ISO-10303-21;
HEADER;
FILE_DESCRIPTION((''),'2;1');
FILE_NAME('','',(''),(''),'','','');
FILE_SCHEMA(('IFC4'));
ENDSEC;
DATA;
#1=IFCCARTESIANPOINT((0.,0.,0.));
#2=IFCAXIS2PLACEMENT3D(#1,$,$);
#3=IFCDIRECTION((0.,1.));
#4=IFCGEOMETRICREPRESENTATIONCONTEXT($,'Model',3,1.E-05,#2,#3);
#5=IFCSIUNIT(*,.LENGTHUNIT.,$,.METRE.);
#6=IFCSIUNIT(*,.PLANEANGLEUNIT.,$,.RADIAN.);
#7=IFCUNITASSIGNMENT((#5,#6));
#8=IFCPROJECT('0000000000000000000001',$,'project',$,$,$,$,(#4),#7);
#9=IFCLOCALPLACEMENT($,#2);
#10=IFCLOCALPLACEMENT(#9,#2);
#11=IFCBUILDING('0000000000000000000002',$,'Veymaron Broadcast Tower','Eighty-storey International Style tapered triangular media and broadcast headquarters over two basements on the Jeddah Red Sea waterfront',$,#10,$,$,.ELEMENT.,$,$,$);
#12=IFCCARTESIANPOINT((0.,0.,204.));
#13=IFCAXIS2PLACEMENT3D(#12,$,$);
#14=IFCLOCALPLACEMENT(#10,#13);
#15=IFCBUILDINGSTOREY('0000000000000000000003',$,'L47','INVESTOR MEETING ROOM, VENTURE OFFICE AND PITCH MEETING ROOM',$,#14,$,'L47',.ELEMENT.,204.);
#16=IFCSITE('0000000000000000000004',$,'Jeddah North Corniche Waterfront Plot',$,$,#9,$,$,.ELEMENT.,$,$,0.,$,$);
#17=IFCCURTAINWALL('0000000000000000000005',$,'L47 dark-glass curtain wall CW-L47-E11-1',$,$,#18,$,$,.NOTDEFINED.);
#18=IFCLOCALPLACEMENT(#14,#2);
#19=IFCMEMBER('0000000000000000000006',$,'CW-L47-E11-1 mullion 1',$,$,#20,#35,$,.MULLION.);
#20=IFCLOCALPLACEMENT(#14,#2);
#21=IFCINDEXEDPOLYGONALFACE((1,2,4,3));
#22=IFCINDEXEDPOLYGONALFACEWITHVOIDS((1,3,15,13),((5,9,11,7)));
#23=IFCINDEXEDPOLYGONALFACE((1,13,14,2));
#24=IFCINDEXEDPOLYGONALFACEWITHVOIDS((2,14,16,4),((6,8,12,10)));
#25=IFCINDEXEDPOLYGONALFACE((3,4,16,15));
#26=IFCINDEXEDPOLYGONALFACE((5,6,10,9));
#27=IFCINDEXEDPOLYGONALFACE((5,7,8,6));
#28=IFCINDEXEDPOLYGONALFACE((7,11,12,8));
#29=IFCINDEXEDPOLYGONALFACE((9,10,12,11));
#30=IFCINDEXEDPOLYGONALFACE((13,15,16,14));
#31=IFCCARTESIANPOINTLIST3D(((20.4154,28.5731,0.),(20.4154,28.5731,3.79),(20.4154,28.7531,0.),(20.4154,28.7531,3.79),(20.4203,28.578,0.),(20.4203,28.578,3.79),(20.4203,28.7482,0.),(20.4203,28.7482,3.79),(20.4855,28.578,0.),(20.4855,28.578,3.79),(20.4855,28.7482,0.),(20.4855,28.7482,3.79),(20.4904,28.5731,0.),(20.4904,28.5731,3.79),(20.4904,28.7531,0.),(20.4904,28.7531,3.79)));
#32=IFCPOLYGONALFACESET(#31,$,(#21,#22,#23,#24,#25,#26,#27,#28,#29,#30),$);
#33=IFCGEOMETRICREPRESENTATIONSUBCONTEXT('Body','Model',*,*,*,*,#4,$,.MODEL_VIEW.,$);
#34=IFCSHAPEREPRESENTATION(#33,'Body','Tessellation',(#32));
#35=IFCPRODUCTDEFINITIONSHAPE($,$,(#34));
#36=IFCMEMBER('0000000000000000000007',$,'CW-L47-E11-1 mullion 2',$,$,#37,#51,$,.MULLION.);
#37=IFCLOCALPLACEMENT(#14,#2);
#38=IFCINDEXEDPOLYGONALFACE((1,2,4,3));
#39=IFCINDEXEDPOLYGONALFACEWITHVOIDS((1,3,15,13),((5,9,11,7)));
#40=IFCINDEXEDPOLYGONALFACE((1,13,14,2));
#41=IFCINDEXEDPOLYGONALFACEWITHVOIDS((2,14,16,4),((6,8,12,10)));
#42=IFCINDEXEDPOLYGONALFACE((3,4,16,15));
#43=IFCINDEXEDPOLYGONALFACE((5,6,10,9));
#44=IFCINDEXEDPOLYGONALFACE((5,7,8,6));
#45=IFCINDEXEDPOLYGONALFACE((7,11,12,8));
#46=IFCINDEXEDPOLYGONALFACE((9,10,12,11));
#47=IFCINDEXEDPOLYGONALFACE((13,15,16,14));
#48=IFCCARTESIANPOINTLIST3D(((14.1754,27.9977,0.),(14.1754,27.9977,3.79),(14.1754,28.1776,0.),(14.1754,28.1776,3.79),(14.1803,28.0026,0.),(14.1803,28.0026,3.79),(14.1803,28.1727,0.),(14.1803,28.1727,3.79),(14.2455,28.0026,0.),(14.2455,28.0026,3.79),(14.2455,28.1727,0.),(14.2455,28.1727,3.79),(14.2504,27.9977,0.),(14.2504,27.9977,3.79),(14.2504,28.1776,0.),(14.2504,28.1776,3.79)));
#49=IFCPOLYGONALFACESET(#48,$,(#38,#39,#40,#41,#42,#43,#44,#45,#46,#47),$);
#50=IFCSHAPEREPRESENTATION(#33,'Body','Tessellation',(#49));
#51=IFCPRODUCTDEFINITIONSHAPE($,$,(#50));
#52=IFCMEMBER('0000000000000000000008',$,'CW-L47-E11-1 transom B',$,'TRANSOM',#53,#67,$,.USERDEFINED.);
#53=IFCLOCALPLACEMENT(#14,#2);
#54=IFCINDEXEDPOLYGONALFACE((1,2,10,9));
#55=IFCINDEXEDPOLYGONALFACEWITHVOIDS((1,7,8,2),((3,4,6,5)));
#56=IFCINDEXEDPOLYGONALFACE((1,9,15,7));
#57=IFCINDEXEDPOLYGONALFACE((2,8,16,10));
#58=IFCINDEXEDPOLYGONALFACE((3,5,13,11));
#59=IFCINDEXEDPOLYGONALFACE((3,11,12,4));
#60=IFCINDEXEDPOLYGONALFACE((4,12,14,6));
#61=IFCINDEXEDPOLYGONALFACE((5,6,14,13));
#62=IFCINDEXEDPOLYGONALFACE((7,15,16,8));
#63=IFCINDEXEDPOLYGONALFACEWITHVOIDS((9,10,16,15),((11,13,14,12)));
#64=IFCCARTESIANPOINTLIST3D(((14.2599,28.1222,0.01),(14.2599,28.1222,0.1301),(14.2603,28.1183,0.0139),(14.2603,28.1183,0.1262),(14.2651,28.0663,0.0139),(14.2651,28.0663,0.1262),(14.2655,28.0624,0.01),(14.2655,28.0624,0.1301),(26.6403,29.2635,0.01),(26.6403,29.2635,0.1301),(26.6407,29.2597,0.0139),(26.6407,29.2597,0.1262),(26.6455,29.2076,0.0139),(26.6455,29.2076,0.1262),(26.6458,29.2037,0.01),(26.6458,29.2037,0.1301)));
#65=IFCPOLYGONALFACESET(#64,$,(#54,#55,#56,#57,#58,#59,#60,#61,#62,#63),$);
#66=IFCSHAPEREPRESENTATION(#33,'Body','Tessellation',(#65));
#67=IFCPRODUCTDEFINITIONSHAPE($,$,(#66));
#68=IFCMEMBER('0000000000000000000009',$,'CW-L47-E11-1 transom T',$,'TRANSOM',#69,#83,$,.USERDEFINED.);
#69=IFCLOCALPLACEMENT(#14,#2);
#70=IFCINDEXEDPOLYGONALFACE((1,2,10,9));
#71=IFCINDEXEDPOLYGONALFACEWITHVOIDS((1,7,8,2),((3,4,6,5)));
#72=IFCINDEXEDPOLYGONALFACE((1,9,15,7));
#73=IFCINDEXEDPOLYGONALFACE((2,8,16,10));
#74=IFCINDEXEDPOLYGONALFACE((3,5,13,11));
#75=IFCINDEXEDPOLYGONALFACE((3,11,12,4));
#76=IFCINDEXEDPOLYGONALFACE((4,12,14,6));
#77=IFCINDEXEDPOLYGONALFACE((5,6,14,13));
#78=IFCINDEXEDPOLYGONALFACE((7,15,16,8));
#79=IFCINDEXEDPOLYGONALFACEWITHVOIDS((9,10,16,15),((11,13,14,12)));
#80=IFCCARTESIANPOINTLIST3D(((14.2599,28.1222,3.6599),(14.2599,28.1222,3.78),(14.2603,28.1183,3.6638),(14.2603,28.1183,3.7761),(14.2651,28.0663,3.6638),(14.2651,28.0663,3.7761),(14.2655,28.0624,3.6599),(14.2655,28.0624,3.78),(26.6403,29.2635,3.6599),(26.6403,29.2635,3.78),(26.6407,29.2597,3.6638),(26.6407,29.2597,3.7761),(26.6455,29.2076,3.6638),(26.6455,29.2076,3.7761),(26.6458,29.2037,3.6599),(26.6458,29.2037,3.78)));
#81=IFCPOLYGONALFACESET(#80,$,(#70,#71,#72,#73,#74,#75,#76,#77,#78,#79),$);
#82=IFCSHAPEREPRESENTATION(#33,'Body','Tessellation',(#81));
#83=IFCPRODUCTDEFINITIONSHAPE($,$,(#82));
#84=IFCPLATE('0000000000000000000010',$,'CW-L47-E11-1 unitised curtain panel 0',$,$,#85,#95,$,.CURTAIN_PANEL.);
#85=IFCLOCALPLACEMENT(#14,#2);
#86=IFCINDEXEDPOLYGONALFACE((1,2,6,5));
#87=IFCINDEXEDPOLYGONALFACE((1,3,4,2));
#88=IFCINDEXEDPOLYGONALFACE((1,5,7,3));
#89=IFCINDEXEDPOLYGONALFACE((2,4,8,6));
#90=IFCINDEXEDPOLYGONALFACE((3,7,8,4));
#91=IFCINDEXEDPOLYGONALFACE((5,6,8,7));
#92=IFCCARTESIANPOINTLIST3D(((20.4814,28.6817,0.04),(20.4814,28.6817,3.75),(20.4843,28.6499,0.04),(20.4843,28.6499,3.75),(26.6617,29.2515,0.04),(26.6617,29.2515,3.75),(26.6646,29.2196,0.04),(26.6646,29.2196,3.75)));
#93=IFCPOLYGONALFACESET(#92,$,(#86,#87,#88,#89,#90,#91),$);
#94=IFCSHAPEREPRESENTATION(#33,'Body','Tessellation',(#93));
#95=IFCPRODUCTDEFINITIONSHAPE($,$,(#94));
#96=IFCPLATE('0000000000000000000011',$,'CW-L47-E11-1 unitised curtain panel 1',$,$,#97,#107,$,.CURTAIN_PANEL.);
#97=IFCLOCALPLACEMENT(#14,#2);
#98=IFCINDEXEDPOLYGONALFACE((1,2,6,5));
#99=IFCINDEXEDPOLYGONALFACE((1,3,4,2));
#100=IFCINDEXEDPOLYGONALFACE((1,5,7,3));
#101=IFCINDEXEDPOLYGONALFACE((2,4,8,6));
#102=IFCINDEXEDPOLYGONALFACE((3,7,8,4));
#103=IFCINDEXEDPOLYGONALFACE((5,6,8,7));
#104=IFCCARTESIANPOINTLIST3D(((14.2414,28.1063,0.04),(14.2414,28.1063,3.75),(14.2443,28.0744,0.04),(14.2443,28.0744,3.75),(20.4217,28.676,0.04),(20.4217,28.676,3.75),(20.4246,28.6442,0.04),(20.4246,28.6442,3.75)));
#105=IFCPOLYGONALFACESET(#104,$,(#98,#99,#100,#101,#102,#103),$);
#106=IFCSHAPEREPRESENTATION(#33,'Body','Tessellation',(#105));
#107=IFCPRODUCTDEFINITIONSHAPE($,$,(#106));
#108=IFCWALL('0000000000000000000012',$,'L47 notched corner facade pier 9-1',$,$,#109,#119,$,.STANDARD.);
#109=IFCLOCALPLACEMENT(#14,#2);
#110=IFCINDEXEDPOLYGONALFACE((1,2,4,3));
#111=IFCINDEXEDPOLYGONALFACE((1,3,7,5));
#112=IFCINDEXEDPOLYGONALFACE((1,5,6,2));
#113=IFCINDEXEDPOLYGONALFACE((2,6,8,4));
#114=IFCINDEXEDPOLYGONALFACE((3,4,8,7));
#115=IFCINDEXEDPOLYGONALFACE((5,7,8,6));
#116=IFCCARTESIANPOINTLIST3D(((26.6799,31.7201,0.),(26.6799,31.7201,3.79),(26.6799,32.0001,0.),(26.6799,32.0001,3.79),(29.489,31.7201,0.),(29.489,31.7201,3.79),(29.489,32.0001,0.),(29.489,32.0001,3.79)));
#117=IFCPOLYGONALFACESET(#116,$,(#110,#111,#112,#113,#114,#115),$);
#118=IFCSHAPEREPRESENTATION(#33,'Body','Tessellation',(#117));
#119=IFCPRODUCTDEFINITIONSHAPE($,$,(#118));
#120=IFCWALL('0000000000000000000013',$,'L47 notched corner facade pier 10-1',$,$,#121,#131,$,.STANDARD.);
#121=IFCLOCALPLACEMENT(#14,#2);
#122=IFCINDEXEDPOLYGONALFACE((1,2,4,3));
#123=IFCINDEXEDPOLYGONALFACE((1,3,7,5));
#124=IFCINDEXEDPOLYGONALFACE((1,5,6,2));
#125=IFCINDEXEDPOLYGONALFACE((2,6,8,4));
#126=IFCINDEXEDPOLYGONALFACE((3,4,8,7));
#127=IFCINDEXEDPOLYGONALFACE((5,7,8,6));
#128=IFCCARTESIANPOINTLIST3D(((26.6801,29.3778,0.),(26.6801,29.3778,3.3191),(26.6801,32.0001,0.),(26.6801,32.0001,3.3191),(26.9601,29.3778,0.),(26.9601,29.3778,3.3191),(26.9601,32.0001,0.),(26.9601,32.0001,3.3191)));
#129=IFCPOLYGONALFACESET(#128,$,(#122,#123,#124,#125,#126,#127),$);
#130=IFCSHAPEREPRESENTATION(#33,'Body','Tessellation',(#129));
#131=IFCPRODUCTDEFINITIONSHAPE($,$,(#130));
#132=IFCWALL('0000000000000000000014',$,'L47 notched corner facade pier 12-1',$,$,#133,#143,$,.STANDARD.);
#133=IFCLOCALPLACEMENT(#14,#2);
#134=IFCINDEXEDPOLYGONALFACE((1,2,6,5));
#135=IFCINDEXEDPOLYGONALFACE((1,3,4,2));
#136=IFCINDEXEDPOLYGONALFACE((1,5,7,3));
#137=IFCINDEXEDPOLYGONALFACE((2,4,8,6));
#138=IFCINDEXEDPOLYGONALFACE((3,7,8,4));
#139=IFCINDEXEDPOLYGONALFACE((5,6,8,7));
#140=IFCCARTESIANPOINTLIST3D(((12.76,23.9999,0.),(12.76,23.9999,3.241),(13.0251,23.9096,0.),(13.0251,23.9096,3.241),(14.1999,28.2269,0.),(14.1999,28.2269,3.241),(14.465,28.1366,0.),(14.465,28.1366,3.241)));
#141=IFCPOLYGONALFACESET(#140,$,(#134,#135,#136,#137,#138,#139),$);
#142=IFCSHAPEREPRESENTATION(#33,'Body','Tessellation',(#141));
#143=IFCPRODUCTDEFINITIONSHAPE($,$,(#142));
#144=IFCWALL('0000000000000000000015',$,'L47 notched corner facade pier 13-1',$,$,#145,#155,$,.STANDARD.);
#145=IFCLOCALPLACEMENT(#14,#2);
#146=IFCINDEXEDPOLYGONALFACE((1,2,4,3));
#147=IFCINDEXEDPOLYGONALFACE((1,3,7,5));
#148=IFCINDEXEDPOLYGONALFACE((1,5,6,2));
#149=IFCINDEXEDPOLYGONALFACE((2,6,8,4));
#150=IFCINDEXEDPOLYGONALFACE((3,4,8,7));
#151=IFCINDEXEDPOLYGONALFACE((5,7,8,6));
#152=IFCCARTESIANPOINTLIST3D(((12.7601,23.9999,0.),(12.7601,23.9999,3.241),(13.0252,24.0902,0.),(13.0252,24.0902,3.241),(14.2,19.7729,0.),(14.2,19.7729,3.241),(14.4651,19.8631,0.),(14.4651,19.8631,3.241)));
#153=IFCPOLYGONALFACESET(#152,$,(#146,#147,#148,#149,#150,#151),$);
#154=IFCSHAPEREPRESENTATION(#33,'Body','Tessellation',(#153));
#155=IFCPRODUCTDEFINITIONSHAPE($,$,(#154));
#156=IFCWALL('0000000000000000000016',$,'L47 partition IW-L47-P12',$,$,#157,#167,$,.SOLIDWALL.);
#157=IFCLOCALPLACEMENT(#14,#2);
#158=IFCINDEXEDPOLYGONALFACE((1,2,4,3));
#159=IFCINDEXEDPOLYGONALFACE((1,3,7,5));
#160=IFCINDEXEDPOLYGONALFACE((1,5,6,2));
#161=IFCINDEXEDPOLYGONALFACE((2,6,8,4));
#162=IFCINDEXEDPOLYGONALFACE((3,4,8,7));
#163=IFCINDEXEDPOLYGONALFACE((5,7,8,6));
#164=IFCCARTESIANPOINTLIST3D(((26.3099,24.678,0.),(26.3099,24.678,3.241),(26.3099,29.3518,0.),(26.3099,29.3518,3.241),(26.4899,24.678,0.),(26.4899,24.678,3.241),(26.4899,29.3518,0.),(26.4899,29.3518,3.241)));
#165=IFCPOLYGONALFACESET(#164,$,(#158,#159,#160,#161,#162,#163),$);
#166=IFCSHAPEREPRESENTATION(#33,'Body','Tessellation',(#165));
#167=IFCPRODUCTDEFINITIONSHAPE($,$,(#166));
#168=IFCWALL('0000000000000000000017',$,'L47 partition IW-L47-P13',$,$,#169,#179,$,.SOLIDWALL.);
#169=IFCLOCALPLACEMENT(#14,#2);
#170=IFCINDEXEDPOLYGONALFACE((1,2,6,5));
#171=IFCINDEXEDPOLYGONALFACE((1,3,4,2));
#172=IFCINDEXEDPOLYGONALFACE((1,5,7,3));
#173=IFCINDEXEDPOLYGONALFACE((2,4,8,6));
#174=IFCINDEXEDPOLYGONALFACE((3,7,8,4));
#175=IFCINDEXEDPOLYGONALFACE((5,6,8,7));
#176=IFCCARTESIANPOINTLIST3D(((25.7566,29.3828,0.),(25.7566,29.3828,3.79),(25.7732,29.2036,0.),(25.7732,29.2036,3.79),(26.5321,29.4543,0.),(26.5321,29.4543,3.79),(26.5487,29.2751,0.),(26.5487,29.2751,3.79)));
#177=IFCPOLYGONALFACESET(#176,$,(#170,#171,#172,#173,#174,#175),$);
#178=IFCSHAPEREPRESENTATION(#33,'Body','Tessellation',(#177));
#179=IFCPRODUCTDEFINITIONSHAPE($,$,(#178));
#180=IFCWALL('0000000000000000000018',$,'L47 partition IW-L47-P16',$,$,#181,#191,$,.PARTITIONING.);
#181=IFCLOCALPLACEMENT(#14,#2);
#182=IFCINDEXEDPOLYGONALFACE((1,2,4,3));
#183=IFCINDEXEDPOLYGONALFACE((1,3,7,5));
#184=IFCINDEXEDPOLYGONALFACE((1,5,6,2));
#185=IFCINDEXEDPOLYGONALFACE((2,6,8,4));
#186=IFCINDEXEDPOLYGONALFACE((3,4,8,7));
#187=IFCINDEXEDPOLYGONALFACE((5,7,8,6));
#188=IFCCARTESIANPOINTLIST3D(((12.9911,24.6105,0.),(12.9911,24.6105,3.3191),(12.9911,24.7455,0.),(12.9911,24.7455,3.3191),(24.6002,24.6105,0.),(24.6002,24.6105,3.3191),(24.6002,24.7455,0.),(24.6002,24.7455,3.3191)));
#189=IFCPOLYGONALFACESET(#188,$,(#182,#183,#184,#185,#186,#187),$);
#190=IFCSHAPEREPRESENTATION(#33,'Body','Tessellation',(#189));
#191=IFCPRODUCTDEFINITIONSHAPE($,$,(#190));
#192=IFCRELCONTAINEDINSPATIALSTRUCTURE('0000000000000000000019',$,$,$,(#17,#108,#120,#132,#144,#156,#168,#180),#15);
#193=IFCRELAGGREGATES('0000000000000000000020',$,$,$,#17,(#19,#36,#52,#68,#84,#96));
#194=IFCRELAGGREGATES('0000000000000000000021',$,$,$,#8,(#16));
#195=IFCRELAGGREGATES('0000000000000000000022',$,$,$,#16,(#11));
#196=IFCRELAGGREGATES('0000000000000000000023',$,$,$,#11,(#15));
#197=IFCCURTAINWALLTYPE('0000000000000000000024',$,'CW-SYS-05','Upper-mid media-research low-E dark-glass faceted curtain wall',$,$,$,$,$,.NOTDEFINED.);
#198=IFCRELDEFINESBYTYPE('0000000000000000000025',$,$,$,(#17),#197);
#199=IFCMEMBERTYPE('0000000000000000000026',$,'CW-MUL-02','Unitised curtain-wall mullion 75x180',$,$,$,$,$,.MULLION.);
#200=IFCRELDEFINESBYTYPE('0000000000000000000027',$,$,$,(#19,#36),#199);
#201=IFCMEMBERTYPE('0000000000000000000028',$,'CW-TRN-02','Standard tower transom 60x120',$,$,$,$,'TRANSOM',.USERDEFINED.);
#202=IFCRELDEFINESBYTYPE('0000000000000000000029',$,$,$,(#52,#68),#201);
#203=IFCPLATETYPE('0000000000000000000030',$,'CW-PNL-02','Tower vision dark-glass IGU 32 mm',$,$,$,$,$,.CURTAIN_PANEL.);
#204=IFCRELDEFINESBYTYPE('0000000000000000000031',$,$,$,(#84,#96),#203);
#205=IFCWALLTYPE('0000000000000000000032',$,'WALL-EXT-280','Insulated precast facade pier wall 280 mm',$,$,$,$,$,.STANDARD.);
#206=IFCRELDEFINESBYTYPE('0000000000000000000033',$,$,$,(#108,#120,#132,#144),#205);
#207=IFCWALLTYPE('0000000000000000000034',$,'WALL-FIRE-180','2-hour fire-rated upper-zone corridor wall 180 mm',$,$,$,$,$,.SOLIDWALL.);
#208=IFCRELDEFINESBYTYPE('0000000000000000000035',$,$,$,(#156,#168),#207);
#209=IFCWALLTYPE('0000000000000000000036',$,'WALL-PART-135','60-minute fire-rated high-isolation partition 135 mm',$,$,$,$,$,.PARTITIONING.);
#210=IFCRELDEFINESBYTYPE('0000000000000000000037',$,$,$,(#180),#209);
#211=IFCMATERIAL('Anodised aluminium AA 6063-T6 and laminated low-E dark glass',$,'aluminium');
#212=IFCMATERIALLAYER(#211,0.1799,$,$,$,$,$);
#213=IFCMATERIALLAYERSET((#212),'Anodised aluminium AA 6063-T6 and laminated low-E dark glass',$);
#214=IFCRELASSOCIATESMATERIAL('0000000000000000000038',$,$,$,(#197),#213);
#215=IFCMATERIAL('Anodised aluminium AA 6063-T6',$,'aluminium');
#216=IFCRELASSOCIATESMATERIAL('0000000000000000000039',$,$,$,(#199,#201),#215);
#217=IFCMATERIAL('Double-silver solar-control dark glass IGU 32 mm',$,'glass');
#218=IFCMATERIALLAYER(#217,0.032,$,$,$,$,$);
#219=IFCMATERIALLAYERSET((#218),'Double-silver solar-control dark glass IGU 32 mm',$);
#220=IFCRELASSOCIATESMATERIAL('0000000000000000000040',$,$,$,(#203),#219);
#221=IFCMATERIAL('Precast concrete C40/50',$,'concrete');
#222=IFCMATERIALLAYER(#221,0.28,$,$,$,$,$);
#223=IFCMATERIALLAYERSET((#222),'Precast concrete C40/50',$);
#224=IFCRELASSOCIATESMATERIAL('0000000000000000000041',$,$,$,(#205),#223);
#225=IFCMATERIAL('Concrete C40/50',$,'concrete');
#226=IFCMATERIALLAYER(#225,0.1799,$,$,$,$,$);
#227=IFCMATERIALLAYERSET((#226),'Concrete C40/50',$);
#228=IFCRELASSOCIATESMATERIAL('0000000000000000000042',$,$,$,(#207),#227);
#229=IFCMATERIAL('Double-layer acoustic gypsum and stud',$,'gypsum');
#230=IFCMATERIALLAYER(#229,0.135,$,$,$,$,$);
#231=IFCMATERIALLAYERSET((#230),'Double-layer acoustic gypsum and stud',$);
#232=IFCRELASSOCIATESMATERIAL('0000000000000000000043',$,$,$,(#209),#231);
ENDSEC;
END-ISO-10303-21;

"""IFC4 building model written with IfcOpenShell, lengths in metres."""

from ifc_helpers import new_model, si_unit, direction, frame, frame_2d, origin, origin_2d, place, context, subcontext, project, spatial, rectangle, hollow_rectangle, extrude, material, layer, layer_set, material_profile, profile_set, type_object, element, aggregate, save


model = new_model("IFC4")

# Units and contexts
model_context = context("Model", 3, precision=1e-05, world=origin(), true_north=direction((0.0, 1.0)))
body_context = subcontext(model_context, "Body", "Model", "MODEL_VIEW")
ifc_project = project(units=[si_unit("LENGTHUNIT", "METRE"), si_unit("PLANEANGLEUNIT", "RADIAN")], contexts=[model_context])

# Site, building, storey
site_placement = place(None, origin())
site = spatial("IfcSite", under=ifc_project, at=site_placement, Name="Jeddah North Corniche Waterfront Plot", CompositionType="ELEMENT", RefElevation=0.0)
building_placement = place(site_placement, origin())
building = spatial("IfcBuilding", under=site, at=building_placement, Name="Veymaron Broadcast Tower", Description="Eighty-storey International Style tapered triangular media and broadcast headquarters over two basements on the Jeddah Red Sea waterfront", CompositionType="ELEMENT")
storey_placement = place(building_placement, frame((0.0, 0.0, 204.0)))
storey = spatial("IfcBuildingStorey", under=building, at=storey_placement, Name="L47", Description="INVESTOR MEETING ROOM, VENTURE OFFICE AND PITCH MEETING ROOM", LongName="L47", CompositionType="ELEMENT", Elevation=204.0)

# Curtain wall, members, plates
ifc_material_1 = material(Name="Anodised aluminium AA 6063-T6 and laminated low-E dark glass", Category="aluminium")
ifc_layer_1 = layer(ifc_material_1, 0.1799)
ifc_layer_set_1 = layer_set([ifc_layer_1], Name="Anodised aluminium AA 6063-T6 and laminated low-E dark glass")
curtain_wall_type = type_object("IfcCurtainWallType", Name="CW-SYS-05", Description="Upper-mid media-research low-E dark-glass faceted curtain wall", PredefinedType="NOTDEFINED", material=ifc_layer_set_1)
curtain_wall_placement = place(storey_placement, origin())
curtain_wall = element("IfcCurtainWall", 1, at=curtain_wall_placement, inside=storey, type_object=curtain_wall_type, Name="L47 dark-glass curtain wall CW-L47-E11-1", PredefinedType="NOTDEFINED")
ifc_material_2 = material(Name="Anodised aluminium AA 6063-T6", Category="aluminium")
ifc_material_profile_1 = material_profile(ifc_material_2, hollow_rectangle(XDim=0.075, YDim=0.1799, WallThickness=0.0049, at=origin_2d()), Name="AL180X75X5")
ifc_profile_set_1 = profile_set([ifc_material_profile_1], Name="Anodised aluminium AA 6063-T6")
member_type_1 = type_object("IfcMemberType", Name="CW-MUL-02", Description="Unitised curtain-wall mullion 75x180", PredefinedType="MULLION", material=ifc_profile_set_1)
member_1_placement = place(storey_placement, frame((20.4529, 28.6631, 0.0), z_axis=(0.0, 0.0, 1.0), x_axis=(1.0, 0.0, 0.0)))
member_1 = element("IfcMember", 2, at=member_1_placement, type_object=member_type_1, Name="CW-L47-E11-1 mullion 1", PredefinedType="MULLION", context=body_context, shape_type="SweptSolid", body=[
    extrude(hollow_rectangle(XDim=0.075, YDim=0.1799, WallThickness=0.0049, at=origin_2d()), origin(), (0.0, 0.0, 1.0), 3.79),
])
member_2_placement = place(storey_placement, frame((14.2129, 28.0876, 0.0), z_axis=(0.0, 0.0, 1.0), x_axis=(1.0, 0.0, 0.0)))
member_2 = element("IfcMember", 3, at=member_2_placement, type_object=member_type_1, Name="CW-L47-E11-1 mullion 2", PredefinedType="MULLION", context=body_context, shape_type="SweptSolid", body=[
    extrude(hollow_rectangle(XDim=0.075, YDim=0.1799, WallThickness=0.0049, at=origin_2d()), origin(), (0.0, 0.0, 1.0), 3.79),
])
ifc_material_profile_2 = material_profile(ifc_material_2, hollow_rectangle(XDim=0.0601, YDim=0.1201, WallThickness=0.0039, at=origin_2d()), Name="AL120X60X4")
ifc_profile_set_2 = profile_set([ifc_material_profile_2], Name="Anodised aluminium AA 6063-T6")
member_type_2 = type_object("IfcMemberType", Name="CW-TRN-02", Description="Standard tower transom 60x120", ElementType="TRANSOM", PredefinedType="USERDEFINED", material=ifc_profile_set_2)
member_3_placement = place(storey_placement, frame((26.6431, 29.2336, 0.0701), z_axis=(-0.995777, -0.091802, 0.0), x_axis=(0.091802, -0.995777, 0.0)))
member_3 = element("IfcMember", 4, at=member_3_placement, type_object=member_type_2, Name="CW-L47-E11-1 transom B", ObjectType="TRANSOM", PredefinedType="USERDEFINED", context=body_context, shape_type="SweptSolid", body=[
    extrude(hollow_rectangle(XDim=0.0601, YDim=0.1201, WallThickness=0.0039, at=origin_2d()), origin(), (0.0, 0.0, 1.0), 12.4329),
])
member_4_placement = place(storey_placement, frame((26.6431, 29.2336, 3.72), z_axis=(-0.995777, -0.091802, 0.0), x_axis=(0.091802, -0.995777, 0.0)))
member_4 = element("IfcMember", 5, at=member_4_placement, type_object=member_type_2, Name="CW-L47-E11-1 transom T", ObjectType="TRANSOM", PredefinedType="USERDEFINED", context=body_context, shape_type="SweptSolid", body=[
    extrude(hollow_rectangle(XDim=0.0601, YDim=0.1201, WallThickness=0.0039, at=origin_2d()), origin(), (0.0, 0.0, 1.0), 12.4329),
])
ifc_material_3 = material(Name="Double-silver solar-control dark glass IGU 32 mm", Category="glass")
ifc_layer_2 = layer(ifc_material_3, 0.032)
ifc_layer_set_2 = layer_set([ifc_layer_2], Name="Double-silver solar-control dark glass IGU 32 mm")
plate_type = type_object("IfcPlateType", Name="CW-PNL-02", Description="Tower vision dark-glass IGU 32 mm", PredefinedType="CURTAIN_PANEL", material=ifc_layer_set_2)
plate_1_placement = place(storey_placement, frame((23.573, 28.9507, 0.04), z_axis=(0.0, 0.0, 1.0), x_axis=(-0.995778, -0.091797, 0.0)))
plate_1 = element("IfcPlate", 6, at=plate_1_placement, type_object=plate_type, Name="CW-L47-E11-1 unitised curtain panel 0", PredefinedType="CURTAIN_PANEL", context=body_context, shape_type="SweptSolid", body=[
    extrude(rectangle(XDim=6.2065, YDim=0.032, at=origin_2d()), origin(), (0.0, 0.0, 1.0), 3.71),
])
plate_2_placement = place(storey_placement, frame((17.333, 28.3752, 0.04), z_axis=(0.0, 0.0, 1.0), x_axis=(-0.995778, -0.091797, 0.0)))
plate_2 = element("IfcPlate", 7, at=plate_2_placement, type_object=plate_type, Name="CW-L47-E11-1 unitised curtain panel 1", PredefinedType="CURTAIN_PANEL", context=body_context, shape_type="SweptSolid", body=[
    extrude(rectangle(XDim=6.2065, YDim=0.032, at=origin_2d()), origin(), (0.0, 0.0, 1.0), 3.71),
])
aggregate(curtain_wall, [member_1, member_2, member_3, member_4, plate_1, plate_2])

# Walls
ifc_material_4 = material(Name="Precast concrete C40/50", Category="concrete")
ifc_layer_3 = layer(ifc_material_4, 0.28)
ifc_layer_set_3 = layer_set([ifc_layer_3], Name="Precast concrete C40/50")
wall_type_1 = type_object("IfcWallType", Name="WALL-EXT-280", Description="Insulated precast facade pier wall 280 mm", PredefinedType="STANDARD", material=ifc_layer_set_3)
wall_1_placement = place(storey_placement, frame((29.489, 31.8601, 0.0), z_axis=(0.0, 0.0, 1.0), x_axis=(-1.0, 0.0, 0.0)))
element("IfcWall", 8, at=wall_1_placement, inside=storey, type_object=wall_type_1, Name="L47 notched corner facade pier 9-1", PredefinedType="STANDARD", context=body_context, shape_type="SweptSolid", body=[
    extrude(rectangle(XDim=2.8091, YDim=0.28, at=frame_2d((1.4045, 0.0))), origin(), (0.0, 0.0, 1.0), 3.79),
])
wall_2_placement = place(storey_placement, frame((26.8201, 32.0, 0.0), z_axis=(0.0, 0.0, 1.0), x_axis=(0.0, -1.0, 0.0)))
element("IfcWall", 9, at=wall_2_placement, inside=storey, type_object=wall_type_1, Name="L47 notched corner facade pier 10-1", PredefinedType="STANDARD", context=body_context, shape_type="SweptSolid", body=[
    extrude(rectangle(XDim=2.6223, YDim=0.28, at=frame_2d((1.311, 0.0))), origin(), (0.0, 0.0, 1.0), 3.3191),
])
for number, where, z_axis, x_axis, name in (
    (10, (14.3325, 28.1819, 0.0), (0.0, 0.0, 1.0), (-0.322454, -0.946585, 0.0), "L47 notched corner facade pier 12-1"),
    (11, (12.8926, 24.0452, 0.0), (0.0, 0.0, 1.0), (0.322454, -0.946585, 0.0), "L47 notched corner facade pier 13-1"),
):
    element("IfcWall", number, at=place(storey_placement, frame(where, z_axis=z_axis, x_axis=x_axis)), inside=storey, type_object=wall_type_1, Name=name, PredefinedType="STANDARD", context=body_context, shape_type="SweptSolid", body=[
        extrude(rectangle(XDim=4.4656, YDim=0.28, at=frame_2d((2.2329, 0.0))), origin(), (0.0, 0.0, 1.0), 3.241),
    ])

# Shared definitions
ifc_material_5 = material(Name="Concrete C40/50", Category="concrete")
ifc_layer_4 = layer(ifc_material_5, 0.1799)
ifc_layer_set_4 = layer_set([ifc_layer_4], Name="Concrete C40/50")
wall_type_2 = type_object("IfcWallType", Name="WALL-FIRE-180", Description="2-hour fire-rated upper-zone corridor wall 180 mm", PredefinedType="SOLIDWALL", material=ifc_layer_set_4)

# Walls
wall_3_placement = place(storey_placement, frame((26.3999, 24.678, 0.0), z_axis=(0.0, 0.0, 1.0), x_axis=(0.0, 1.0, 0.0)))
element("IfcWall", 12, at=wall_3_placement, inside=storey, type_object=wall_type_2, Name="L47 partition IW-L47-P12", PredefinedType="SOLIDWALL", context=body_context, shape_type="SweptSolid", body=[
    extrude(rectangle(XDim=4.6738, YDim=0.1799, at=frame_2d((2.3369, 0.0))), origin(), (0.0, 0.0, 1.0), 3.241),
])
wall_4_placement = place(storey_placement, frame((25.7649, 29.2932, 0.0), z_axis=(0.0, 0.0, 1.0), x_axis=(0.995774, 0.091836, 0.0)))
element("IfcWall", 13, at=wall_4_placement, inside=storey, type_object=wall_type_2, Name="L47 partition IW-L47-P13", PredefinedType="SOLIDWALL", context=body_context, shape_type="SweptSolid", body=[
    extrude(rectangle(XDim=0.7788, YDim=0.1799, at=frame_2d((0.3894, 0.0))), origin(), (0.0, 0.0, 1.0), 3.79),
])
ifc_material_6 = material(Name="Double-layer acoustic gypsum and stud", Category="gypsum")
ifc_layer_5 = layer(ifc_material_6, 0.135)
ifc_layer_set_5 = layer_set([ifc_layer_5], Name="Double-layer acoustic gypsum and stud")
wall_type_3 = type_object("IfcWallType", Name="WALL-PART-135", Description="60-minute fire-rated high-isolation partition 135 mm", PredefinedType="PARTITIONING", material=ifc_layer_set_5)
wall_5_placement = place(storey_placement, frame((12.991, 24.678, 0.0), z_axis=(0.0, 0.0, 1.0), x_axis=(1.0, 0.0, 0.0)))
element("IfcWall", 14, at=wall_5_placement, inside=storey, type_object=wall_type_3, Name="L47 partition IW-L47-P16", PredefinedType="PARTITIONING", context=body_context, shape_type="SweptSolid", body=[
    extrude(rectangle(XDim=11.6091, YDim=0.135, at=frame_2d((5.8047, 0.0))), origin(), (0.0, 0.0, 1.0), 3.3191),
])

save(model, "model.ifc")
